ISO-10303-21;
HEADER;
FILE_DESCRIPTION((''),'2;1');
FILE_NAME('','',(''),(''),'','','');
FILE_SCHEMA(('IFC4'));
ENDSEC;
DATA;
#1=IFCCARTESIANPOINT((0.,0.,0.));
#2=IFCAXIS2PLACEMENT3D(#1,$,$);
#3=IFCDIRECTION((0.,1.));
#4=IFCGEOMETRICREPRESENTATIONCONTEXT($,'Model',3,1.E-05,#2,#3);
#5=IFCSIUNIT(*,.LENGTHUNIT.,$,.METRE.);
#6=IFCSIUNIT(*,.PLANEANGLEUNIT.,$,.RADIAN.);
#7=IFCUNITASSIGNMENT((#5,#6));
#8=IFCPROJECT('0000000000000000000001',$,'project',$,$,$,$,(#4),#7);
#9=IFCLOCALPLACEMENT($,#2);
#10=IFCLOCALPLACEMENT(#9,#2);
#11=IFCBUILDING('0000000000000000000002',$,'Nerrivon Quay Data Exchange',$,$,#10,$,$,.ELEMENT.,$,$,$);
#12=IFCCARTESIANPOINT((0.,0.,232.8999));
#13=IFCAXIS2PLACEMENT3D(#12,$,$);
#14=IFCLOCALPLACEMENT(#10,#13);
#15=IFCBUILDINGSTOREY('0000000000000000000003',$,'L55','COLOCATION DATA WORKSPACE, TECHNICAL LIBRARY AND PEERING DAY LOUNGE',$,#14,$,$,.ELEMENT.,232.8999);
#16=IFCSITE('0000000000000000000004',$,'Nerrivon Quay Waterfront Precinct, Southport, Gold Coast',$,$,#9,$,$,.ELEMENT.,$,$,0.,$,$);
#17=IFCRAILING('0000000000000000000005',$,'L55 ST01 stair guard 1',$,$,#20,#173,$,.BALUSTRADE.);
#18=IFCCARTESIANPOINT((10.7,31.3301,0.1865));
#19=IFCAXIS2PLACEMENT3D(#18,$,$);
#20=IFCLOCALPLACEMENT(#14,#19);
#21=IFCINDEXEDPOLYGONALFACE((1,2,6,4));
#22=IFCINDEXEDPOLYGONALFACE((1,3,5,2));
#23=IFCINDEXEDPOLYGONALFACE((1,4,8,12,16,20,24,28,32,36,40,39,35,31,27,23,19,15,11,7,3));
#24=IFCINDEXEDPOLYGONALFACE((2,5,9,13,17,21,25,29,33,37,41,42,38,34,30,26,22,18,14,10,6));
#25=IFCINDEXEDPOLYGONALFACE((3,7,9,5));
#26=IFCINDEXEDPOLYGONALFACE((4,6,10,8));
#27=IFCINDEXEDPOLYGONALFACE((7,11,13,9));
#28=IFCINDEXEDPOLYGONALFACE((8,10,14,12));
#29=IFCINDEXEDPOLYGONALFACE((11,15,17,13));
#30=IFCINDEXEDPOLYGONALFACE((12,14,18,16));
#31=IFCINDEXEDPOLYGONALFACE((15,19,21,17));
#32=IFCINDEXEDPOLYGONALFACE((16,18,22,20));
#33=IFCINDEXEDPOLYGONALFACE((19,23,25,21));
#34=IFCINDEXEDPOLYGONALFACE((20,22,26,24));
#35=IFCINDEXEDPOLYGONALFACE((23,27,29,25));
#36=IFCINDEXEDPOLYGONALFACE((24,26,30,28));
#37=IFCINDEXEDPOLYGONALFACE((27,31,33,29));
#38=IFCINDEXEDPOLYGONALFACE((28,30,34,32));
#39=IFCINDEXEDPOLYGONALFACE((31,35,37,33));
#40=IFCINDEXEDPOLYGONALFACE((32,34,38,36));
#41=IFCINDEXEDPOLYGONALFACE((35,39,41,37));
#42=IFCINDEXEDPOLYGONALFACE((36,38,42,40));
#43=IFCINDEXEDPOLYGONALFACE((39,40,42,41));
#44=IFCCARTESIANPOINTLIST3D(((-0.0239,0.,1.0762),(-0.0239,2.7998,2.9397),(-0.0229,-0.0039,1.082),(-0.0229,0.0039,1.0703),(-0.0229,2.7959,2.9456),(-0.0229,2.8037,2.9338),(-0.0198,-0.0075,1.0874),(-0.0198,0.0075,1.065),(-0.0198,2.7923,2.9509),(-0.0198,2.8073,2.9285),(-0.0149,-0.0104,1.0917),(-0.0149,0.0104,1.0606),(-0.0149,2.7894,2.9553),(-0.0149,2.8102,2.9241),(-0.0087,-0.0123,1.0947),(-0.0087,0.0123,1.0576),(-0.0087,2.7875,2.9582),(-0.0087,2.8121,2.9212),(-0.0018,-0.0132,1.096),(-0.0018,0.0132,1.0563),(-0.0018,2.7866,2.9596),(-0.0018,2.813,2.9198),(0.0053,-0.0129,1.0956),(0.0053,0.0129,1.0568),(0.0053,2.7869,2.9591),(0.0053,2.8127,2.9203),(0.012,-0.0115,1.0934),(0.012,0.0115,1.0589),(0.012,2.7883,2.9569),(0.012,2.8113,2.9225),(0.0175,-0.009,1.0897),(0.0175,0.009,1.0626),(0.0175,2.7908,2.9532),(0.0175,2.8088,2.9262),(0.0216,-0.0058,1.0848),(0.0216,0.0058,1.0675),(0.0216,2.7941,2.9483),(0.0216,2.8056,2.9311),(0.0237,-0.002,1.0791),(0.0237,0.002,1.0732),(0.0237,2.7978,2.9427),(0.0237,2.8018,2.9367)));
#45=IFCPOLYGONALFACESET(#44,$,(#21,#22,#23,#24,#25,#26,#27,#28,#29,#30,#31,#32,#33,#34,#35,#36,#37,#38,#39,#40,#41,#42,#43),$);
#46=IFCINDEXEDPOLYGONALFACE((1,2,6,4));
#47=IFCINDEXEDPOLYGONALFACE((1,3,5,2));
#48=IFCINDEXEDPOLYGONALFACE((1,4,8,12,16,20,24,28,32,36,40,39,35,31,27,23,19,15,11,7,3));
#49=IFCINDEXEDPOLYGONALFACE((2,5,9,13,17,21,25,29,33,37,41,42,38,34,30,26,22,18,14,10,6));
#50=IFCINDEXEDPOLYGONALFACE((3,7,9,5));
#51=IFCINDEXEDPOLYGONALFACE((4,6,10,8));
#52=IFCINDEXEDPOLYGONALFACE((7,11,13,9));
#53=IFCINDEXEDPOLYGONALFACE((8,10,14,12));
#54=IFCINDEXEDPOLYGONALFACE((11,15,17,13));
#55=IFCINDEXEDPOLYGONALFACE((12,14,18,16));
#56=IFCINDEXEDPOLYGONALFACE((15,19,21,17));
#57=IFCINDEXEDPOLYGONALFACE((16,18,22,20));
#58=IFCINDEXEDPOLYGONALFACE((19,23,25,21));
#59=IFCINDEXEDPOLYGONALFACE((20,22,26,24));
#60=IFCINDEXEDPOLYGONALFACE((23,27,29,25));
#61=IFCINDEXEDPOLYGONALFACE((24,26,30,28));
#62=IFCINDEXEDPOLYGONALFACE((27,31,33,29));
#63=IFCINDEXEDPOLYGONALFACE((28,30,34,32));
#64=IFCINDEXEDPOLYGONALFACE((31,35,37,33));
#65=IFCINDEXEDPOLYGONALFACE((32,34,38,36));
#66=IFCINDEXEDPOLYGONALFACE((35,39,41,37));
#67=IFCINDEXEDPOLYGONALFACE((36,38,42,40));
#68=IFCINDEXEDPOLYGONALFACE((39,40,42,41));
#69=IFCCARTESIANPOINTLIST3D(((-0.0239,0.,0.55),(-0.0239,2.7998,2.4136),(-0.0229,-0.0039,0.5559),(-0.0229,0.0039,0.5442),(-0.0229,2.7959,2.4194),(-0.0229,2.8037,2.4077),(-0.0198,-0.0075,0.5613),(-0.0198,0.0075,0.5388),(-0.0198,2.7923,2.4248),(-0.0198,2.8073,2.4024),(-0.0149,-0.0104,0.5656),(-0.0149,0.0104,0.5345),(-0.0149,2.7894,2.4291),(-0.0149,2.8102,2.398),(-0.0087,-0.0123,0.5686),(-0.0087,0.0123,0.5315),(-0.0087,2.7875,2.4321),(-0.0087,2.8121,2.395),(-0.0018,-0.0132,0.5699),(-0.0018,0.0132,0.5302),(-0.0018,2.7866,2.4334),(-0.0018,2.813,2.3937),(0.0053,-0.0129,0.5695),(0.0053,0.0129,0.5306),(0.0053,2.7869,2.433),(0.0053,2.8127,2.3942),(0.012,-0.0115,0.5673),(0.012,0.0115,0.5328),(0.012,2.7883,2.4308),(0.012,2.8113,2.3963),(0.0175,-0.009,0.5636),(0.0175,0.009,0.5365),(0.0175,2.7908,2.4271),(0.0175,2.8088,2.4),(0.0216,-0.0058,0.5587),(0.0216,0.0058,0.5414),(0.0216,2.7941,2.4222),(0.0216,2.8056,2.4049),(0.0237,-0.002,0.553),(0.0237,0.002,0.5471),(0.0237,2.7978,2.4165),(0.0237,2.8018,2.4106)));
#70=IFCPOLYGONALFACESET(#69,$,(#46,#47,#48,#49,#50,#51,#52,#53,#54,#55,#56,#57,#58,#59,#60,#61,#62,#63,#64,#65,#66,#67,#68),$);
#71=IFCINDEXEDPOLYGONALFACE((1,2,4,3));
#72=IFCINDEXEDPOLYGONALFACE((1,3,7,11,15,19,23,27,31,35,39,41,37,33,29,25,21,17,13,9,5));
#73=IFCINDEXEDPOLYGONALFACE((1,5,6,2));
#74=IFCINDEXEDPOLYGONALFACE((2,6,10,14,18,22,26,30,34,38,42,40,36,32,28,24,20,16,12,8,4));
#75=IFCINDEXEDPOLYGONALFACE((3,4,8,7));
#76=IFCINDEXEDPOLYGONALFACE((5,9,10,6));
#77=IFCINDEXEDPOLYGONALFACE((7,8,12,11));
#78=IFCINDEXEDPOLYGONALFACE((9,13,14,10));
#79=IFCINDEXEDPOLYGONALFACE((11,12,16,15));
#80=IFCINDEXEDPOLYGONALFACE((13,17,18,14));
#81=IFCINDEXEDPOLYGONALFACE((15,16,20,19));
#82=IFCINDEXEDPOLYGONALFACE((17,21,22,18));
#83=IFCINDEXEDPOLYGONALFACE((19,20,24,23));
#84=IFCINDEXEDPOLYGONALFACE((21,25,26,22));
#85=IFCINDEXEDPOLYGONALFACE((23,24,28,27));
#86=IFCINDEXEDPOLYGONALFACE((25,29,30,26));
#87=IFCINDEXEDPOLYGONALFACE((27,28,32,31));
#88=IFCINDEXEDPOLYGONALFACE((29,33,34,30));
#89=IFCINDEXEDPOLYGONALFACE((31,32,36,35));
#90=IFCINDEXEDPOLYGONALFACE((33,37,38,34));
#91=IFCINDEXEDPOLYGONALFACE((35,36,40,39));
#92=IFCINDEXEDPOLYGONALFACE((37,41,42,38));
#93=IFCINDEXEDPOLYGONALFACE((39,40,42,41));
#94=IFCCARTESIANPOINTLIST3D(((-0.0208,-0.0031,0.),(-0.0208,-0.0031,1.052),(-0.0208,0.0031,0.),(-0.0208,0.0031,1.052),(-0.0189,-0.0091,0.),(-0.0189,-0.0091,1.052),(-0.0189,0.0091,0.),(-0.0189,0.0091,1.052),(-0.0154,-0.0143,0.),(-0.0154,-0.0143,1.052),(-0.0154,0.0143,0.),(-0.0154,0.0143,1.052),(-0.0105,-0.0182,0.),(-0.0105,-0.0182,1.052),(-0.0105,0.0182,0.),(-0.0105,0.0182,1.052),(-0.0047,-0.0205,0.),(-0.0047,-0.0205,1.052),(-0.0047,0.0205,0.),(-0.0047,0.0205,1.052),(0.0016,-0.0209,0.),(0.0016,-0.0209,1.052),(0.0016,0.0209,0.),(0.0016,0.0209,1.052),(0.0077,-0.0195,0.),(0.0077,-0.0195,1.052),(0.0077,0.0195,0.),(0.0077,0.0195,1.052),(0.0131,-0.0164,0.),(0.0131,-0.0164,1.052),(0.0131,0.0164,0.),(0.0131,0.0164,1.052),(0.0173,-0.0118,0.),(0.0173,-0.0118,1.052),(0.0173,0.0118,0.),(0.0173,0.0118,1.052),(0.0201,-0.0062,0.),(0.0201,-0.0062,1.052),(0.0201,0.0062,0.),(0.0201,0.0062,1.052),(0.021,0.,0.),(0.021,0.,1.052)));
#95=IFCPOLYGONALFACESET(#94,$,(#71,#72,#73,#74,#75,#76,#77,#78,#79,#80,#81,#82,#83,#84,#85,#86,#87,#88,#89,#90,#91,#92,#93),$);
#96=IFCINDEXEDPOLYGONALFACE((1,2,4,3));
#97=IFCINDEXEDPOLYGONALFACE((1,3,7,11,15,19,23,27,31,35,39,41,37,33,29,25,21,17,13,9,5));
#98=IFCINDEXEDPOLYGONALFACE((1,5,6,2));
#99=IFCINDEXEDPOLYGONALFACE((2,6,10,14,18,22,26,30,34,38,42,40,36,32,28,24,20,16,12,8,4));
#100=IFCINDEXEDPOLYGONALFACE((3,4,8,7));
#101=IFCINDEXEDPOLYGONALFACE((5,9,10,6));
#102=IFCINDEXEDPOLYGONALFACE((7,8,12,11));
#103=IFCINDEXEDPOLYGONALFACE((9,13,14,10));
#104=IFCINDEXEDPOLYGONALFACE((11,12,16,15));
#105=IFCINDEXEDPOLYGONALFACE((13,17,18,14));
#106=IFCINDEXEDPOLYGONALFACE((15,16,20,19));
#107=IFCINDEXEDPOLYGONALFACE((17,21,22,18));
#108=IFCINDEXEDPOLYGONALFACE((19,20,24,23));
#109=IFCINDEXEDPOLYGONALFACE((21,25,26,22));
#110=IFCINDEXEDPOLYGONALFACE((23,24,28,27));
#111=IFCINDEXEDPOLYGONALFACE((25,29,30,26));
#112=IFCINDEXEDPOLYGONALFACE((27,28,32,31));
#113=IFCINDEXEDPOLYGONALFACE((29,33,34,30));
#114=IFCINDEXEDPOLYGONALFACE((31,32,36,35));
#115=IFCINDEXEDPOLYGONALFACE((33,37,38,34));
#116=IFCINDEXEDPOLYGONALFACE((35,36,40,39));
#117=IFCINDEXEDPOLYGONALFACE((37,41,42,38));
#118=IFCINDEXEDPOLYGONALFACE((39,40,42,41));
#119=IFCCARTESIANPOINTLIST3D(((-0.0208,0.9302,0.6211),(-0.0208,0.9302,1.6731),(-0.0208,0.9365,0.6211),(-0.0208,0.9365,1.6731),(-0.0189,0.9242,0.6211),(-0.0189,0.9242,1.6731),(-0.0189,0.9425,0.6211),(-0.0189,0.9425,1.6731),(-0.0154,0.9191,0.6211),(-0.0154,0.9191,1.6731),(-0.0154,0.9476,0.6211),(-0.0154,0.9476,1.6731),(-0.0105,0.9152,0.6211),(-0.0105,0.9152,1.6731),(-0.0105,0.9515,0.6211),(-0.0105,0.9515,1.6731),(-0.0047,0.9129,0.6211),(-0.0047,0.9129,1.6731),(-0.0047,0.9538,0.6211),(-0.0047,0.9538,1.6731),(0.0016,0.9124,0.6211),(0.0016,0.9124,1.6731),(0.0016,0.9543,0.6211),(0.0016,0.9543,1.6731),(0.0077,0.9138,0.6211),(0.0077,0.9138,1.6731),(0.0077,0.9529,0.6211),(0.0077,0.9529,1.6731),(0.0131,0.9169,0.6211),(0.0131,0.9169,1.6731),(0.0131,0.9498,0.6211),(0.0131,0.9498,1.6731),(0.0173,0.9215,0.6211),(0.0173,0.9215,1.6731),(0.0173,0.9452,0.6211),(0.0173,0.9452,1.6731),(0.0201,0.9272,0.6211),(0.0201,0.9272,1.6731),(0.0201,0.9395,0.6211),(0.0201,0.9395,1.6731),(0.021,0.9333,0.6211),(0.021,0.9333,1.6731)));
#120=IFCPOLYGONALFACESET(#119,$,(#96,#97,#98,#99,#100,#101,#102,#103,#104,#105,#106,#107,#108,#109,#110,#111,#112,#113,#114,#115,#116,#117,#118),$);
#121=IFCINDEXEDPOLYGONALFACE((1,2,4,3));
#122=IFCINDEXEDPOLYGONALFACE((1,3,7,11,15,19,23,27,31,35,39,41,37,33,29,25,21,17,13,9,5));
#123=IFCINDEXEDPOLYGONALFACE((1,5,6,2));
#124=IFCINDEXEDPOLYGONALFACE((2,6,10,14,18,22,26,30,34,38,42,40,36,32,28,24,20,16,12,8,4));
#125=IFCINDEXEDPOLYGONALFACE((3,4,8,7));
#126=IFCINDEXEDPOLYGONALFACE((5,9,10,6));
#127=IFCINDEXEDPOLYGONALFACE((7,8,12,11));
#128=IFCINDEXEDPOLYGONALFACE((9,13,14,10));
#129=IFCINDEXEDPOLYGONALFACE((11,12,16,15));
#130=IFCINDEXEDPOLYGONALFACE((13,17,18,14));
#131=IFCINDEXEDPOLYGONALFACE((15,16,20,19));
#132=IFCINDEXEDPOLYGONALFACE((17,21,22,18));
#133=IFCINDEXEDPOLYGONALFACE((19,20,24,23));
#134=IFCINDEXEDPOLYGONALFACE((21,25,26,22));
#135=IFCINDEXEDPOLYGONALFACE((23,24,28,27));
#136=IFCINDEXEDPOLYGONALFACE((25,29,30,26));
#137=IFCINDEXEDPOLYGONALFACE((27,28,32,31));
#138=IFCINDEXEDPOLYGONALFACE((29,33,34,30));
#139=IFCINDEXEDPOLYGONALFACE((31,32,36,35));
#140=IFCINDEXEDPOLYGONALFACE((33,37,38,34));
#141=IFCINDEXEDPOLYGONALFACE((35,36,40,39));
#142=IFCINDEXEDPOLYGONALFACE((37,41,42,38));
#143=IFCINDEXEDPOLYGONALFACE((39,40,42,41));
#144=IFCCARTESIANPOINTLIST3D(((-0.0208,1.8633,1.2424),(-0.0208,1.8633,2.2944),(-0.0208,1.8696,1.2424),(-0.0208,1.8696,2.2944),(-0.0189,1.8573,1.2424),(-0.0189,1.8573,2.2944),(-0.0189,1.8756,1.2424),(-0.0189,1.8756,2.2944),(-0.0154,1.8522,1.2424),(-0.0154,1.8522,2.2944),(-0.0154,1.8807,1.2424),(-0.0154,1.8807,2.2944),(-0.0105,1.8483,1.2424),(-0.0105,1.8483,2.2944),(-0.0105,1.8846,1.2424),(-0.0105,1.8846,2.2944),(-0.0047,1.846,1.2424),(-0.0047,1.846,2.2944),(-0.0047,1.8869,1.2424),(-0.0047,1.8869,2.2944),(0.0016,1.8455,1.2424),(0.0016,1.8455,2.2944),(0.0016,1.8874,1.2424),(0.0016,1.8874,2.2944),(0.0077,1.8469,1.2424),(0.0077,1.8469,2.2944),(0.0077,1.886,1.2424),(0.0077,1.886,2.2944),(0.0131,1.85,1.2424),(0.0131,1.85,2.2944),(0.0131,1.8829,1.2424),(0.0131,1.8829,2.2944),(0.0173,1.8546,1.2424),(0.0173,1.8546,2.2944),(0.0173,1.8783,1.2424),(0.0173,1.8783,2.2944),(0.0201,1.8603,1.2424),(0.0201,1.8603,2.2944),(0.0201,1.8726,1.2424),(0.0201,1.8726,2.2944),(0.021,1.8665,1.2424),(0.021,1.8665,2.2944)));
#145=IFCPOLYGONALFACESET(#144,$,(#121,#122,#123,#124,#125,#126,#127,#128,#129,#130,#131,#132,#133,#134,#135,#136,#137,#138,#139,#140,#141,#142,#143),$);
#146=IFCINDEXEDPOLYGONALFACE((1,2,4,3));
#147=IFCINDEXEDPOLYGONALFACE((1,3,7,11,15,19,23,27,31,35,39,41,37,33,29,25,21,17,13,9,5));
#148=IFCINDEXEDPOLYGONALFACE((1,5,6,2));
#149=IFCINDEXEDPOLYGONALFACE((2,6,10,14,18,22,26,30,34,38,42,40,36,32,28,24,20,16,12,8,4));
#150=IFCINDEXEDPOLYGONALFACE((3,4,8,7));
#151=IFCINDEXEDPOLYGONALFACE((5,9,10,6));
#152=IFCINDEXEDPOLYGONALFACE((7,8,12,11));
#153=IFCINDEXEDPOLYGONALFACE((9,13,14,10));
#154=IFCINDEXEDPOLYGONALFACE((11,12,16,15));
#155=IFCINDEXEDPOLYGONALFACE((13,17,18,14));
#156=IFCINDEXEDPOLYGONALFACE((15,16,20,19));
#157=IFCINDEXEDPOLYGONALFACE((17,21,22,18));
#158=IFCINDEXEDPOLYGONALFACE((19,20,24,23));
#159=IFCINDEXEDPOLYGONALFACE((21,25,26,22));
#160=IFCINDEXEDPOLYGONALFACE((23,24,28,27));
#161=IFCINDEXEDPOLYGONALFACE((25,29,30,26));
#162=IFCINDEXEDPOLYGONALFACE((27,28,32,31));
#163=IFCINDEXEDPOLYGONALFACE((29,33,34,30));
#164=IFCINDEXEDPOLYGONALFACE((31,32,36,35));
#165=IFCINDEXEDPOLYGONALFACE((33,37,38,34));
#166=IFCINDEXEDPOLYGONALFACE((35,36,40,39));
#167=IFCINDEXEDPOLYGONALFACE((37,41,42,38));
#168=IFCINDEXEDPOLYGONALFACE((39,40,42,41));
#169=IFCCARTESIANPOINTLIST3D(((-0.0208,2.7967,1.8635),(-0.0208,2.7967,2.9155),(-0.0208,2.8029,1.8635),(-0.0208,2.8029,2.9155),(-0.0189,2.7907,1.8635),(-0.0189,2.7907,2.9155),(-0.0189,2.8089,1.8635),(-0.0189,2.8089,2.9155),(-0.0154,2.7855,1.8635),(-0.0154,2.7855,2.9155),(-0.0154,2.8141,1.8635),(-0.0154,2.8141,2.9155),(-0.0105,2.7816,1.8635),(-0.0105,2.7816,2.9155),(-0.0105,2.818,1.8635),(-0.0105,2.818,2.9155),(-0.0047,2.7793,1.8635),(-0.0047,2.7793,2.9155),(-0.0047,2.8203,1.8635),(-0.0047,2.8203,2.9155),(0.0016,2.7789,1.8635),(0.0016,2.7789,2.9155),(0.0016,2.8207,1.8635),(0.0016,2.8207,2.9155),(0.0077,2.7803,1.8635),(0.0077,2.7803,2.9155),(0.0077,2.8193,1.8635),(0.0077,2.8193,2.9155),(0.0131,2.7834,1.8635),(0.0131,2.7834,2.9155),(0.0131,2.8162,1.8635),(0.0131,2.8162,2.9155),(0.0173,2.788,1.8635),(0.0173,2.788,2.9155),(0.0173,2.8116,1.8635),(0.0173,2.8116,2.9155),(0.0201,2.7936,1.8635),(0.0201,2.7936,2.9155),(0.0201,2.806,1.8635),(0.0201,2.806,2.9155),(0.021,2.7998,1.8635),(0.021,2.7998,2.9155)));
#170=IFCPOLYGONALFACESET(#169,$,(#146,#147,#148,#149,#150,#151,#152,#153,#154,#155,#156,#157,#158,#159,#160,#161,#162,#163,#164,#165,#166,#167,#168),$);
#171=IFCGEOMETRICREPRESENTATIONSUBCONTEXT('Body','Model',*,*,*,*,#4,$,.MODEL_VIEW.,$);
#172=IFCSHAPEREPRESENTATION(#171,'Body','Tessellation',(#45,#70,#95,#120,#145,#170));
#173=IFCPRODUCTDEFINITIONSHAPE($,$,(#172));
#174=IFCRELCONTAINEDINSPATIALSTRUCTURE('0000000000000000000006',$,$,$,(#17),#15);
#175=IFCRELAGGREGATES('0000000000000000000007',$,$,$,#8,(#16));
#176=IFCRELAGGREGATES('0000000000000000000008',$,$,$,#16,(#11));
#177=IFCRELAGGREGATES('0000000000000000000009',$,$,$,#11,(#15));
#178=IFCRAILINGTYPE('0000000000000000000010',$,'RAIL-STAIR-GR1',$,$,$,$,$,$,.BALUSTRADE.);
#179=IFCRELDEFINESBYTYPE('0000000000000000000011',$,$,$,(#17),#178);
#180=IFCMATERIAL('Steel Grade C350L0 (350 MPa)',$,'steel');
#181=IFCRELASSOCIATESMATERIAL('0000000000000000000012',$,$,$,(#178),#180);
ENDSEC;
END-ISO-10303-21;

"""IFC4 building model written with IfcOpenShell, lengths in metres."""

from ifc_helpers import new_model, si_unit, direction, frame, origin, origin_2d, place, context, subcontext, project, spatial, circle, extrude, material, type_object, element, save


model = new_model("IFC4")

# Units and contexts
model_context = context("Model", 3, precision=1e-05, world=origin(), true_north=direction((0.0, 1.0)))
body_context = subcontext(model_context, "Body", "Model", "MODEL_VIEW")
ifc_project = project(units=[si_unit("LENGTHUNIT", "METRE"), si_unit("PLANEANGLEUNIT", "RADIAN")], contexts=[model_context])

# Site, building, storey
site_placement = place(None, origin())
site = spatial("IfcSite", under=ifc_project, at=site_placement, Name="Nerrivon Quay Waterfront Precinct, Southport, Gold Coast", CompositionType="ELEMENT", RefElevation=0.0)
building_placement = place(site_placement, origin())
building = spatial("IfcBuilding", under=site, at=building_placement, Name="Nerrivon Quay Data Exchange", CompositionType="ELEMENT")
storey_placement = place(building_placement, frame((0.0, 0.0, 232.8999)))
storey = spatial("IfcBuildingStorey", under=building, at=storey_placement, Name="L55", Description="COLOCATION DATA WORKSPACE, TECHNICAL LIBRARY AND PEERING DAY LOUNGE", CompositionType="ELEMENT", Elevation=232.8999)

# Railing
ifc_material_1 = material(Name="Steel Grade C350L0 (350 MPa)", Category="steel")
railing_type_1 = type_object("IfcRailingType", Name="RAIL-STAIR-GR1", PredefinedType="BALUSTRADE", material=ifc_material_1)
railing_1_placement = place(storey_placement, frame((10.7, 31.3301, 0.1865)))
element("IfcRailing", 1, at=railing_1_placement, inside=storey, type_object=railing_type_1, Name="L55 ST01 stair guard 1", PredefinedType="BALUSTRADE", context=body_context, shape_type="SweptSolid", body=[
    extrude(circle(Radius=0.0239, at=origin_2d()), frame((0.0, 0.0, 1.0762), z_axis=(0.0, 0.832463, 0.55408), x_axis=(-1.0, 0.0, 0.0)), (0.0, 0.0, 1.0), 3.3633),
    extrude(circle(Radius=0.0239, at=origin_2d()), frame((0.0, 0.0, 0.55), z_axis=(0.0, 0.832463, 0.55408), x_axis=(-1.0, 0.0, 0.0)), (0.0, 0.0, 1.0), 3.3633),
    extrude(circle(Radius=0.021, at=origin_2d()), origin(), (0.0, 0.0, 1.0), 1.052),
    extrude(circle(Radius=0.021, at=origin_2d()), frame((0.0, 0.9333, 0.6211)), (0.0, 0.0, 1.0), 1.052),
    extrude(circle(Radius=0.021, at=origin_2d()), frame((0.0, 1.8665, 1.2424)), (0.0, 0.0, 1.0), 1.052),
    extrude(circle(Radius=0.021, at=origin_2d()), frame((0.0, 2.7998, 1.8635)), (0.0, 0.0, 1.0), 1.052),
])

save(model, "model.ifc")
